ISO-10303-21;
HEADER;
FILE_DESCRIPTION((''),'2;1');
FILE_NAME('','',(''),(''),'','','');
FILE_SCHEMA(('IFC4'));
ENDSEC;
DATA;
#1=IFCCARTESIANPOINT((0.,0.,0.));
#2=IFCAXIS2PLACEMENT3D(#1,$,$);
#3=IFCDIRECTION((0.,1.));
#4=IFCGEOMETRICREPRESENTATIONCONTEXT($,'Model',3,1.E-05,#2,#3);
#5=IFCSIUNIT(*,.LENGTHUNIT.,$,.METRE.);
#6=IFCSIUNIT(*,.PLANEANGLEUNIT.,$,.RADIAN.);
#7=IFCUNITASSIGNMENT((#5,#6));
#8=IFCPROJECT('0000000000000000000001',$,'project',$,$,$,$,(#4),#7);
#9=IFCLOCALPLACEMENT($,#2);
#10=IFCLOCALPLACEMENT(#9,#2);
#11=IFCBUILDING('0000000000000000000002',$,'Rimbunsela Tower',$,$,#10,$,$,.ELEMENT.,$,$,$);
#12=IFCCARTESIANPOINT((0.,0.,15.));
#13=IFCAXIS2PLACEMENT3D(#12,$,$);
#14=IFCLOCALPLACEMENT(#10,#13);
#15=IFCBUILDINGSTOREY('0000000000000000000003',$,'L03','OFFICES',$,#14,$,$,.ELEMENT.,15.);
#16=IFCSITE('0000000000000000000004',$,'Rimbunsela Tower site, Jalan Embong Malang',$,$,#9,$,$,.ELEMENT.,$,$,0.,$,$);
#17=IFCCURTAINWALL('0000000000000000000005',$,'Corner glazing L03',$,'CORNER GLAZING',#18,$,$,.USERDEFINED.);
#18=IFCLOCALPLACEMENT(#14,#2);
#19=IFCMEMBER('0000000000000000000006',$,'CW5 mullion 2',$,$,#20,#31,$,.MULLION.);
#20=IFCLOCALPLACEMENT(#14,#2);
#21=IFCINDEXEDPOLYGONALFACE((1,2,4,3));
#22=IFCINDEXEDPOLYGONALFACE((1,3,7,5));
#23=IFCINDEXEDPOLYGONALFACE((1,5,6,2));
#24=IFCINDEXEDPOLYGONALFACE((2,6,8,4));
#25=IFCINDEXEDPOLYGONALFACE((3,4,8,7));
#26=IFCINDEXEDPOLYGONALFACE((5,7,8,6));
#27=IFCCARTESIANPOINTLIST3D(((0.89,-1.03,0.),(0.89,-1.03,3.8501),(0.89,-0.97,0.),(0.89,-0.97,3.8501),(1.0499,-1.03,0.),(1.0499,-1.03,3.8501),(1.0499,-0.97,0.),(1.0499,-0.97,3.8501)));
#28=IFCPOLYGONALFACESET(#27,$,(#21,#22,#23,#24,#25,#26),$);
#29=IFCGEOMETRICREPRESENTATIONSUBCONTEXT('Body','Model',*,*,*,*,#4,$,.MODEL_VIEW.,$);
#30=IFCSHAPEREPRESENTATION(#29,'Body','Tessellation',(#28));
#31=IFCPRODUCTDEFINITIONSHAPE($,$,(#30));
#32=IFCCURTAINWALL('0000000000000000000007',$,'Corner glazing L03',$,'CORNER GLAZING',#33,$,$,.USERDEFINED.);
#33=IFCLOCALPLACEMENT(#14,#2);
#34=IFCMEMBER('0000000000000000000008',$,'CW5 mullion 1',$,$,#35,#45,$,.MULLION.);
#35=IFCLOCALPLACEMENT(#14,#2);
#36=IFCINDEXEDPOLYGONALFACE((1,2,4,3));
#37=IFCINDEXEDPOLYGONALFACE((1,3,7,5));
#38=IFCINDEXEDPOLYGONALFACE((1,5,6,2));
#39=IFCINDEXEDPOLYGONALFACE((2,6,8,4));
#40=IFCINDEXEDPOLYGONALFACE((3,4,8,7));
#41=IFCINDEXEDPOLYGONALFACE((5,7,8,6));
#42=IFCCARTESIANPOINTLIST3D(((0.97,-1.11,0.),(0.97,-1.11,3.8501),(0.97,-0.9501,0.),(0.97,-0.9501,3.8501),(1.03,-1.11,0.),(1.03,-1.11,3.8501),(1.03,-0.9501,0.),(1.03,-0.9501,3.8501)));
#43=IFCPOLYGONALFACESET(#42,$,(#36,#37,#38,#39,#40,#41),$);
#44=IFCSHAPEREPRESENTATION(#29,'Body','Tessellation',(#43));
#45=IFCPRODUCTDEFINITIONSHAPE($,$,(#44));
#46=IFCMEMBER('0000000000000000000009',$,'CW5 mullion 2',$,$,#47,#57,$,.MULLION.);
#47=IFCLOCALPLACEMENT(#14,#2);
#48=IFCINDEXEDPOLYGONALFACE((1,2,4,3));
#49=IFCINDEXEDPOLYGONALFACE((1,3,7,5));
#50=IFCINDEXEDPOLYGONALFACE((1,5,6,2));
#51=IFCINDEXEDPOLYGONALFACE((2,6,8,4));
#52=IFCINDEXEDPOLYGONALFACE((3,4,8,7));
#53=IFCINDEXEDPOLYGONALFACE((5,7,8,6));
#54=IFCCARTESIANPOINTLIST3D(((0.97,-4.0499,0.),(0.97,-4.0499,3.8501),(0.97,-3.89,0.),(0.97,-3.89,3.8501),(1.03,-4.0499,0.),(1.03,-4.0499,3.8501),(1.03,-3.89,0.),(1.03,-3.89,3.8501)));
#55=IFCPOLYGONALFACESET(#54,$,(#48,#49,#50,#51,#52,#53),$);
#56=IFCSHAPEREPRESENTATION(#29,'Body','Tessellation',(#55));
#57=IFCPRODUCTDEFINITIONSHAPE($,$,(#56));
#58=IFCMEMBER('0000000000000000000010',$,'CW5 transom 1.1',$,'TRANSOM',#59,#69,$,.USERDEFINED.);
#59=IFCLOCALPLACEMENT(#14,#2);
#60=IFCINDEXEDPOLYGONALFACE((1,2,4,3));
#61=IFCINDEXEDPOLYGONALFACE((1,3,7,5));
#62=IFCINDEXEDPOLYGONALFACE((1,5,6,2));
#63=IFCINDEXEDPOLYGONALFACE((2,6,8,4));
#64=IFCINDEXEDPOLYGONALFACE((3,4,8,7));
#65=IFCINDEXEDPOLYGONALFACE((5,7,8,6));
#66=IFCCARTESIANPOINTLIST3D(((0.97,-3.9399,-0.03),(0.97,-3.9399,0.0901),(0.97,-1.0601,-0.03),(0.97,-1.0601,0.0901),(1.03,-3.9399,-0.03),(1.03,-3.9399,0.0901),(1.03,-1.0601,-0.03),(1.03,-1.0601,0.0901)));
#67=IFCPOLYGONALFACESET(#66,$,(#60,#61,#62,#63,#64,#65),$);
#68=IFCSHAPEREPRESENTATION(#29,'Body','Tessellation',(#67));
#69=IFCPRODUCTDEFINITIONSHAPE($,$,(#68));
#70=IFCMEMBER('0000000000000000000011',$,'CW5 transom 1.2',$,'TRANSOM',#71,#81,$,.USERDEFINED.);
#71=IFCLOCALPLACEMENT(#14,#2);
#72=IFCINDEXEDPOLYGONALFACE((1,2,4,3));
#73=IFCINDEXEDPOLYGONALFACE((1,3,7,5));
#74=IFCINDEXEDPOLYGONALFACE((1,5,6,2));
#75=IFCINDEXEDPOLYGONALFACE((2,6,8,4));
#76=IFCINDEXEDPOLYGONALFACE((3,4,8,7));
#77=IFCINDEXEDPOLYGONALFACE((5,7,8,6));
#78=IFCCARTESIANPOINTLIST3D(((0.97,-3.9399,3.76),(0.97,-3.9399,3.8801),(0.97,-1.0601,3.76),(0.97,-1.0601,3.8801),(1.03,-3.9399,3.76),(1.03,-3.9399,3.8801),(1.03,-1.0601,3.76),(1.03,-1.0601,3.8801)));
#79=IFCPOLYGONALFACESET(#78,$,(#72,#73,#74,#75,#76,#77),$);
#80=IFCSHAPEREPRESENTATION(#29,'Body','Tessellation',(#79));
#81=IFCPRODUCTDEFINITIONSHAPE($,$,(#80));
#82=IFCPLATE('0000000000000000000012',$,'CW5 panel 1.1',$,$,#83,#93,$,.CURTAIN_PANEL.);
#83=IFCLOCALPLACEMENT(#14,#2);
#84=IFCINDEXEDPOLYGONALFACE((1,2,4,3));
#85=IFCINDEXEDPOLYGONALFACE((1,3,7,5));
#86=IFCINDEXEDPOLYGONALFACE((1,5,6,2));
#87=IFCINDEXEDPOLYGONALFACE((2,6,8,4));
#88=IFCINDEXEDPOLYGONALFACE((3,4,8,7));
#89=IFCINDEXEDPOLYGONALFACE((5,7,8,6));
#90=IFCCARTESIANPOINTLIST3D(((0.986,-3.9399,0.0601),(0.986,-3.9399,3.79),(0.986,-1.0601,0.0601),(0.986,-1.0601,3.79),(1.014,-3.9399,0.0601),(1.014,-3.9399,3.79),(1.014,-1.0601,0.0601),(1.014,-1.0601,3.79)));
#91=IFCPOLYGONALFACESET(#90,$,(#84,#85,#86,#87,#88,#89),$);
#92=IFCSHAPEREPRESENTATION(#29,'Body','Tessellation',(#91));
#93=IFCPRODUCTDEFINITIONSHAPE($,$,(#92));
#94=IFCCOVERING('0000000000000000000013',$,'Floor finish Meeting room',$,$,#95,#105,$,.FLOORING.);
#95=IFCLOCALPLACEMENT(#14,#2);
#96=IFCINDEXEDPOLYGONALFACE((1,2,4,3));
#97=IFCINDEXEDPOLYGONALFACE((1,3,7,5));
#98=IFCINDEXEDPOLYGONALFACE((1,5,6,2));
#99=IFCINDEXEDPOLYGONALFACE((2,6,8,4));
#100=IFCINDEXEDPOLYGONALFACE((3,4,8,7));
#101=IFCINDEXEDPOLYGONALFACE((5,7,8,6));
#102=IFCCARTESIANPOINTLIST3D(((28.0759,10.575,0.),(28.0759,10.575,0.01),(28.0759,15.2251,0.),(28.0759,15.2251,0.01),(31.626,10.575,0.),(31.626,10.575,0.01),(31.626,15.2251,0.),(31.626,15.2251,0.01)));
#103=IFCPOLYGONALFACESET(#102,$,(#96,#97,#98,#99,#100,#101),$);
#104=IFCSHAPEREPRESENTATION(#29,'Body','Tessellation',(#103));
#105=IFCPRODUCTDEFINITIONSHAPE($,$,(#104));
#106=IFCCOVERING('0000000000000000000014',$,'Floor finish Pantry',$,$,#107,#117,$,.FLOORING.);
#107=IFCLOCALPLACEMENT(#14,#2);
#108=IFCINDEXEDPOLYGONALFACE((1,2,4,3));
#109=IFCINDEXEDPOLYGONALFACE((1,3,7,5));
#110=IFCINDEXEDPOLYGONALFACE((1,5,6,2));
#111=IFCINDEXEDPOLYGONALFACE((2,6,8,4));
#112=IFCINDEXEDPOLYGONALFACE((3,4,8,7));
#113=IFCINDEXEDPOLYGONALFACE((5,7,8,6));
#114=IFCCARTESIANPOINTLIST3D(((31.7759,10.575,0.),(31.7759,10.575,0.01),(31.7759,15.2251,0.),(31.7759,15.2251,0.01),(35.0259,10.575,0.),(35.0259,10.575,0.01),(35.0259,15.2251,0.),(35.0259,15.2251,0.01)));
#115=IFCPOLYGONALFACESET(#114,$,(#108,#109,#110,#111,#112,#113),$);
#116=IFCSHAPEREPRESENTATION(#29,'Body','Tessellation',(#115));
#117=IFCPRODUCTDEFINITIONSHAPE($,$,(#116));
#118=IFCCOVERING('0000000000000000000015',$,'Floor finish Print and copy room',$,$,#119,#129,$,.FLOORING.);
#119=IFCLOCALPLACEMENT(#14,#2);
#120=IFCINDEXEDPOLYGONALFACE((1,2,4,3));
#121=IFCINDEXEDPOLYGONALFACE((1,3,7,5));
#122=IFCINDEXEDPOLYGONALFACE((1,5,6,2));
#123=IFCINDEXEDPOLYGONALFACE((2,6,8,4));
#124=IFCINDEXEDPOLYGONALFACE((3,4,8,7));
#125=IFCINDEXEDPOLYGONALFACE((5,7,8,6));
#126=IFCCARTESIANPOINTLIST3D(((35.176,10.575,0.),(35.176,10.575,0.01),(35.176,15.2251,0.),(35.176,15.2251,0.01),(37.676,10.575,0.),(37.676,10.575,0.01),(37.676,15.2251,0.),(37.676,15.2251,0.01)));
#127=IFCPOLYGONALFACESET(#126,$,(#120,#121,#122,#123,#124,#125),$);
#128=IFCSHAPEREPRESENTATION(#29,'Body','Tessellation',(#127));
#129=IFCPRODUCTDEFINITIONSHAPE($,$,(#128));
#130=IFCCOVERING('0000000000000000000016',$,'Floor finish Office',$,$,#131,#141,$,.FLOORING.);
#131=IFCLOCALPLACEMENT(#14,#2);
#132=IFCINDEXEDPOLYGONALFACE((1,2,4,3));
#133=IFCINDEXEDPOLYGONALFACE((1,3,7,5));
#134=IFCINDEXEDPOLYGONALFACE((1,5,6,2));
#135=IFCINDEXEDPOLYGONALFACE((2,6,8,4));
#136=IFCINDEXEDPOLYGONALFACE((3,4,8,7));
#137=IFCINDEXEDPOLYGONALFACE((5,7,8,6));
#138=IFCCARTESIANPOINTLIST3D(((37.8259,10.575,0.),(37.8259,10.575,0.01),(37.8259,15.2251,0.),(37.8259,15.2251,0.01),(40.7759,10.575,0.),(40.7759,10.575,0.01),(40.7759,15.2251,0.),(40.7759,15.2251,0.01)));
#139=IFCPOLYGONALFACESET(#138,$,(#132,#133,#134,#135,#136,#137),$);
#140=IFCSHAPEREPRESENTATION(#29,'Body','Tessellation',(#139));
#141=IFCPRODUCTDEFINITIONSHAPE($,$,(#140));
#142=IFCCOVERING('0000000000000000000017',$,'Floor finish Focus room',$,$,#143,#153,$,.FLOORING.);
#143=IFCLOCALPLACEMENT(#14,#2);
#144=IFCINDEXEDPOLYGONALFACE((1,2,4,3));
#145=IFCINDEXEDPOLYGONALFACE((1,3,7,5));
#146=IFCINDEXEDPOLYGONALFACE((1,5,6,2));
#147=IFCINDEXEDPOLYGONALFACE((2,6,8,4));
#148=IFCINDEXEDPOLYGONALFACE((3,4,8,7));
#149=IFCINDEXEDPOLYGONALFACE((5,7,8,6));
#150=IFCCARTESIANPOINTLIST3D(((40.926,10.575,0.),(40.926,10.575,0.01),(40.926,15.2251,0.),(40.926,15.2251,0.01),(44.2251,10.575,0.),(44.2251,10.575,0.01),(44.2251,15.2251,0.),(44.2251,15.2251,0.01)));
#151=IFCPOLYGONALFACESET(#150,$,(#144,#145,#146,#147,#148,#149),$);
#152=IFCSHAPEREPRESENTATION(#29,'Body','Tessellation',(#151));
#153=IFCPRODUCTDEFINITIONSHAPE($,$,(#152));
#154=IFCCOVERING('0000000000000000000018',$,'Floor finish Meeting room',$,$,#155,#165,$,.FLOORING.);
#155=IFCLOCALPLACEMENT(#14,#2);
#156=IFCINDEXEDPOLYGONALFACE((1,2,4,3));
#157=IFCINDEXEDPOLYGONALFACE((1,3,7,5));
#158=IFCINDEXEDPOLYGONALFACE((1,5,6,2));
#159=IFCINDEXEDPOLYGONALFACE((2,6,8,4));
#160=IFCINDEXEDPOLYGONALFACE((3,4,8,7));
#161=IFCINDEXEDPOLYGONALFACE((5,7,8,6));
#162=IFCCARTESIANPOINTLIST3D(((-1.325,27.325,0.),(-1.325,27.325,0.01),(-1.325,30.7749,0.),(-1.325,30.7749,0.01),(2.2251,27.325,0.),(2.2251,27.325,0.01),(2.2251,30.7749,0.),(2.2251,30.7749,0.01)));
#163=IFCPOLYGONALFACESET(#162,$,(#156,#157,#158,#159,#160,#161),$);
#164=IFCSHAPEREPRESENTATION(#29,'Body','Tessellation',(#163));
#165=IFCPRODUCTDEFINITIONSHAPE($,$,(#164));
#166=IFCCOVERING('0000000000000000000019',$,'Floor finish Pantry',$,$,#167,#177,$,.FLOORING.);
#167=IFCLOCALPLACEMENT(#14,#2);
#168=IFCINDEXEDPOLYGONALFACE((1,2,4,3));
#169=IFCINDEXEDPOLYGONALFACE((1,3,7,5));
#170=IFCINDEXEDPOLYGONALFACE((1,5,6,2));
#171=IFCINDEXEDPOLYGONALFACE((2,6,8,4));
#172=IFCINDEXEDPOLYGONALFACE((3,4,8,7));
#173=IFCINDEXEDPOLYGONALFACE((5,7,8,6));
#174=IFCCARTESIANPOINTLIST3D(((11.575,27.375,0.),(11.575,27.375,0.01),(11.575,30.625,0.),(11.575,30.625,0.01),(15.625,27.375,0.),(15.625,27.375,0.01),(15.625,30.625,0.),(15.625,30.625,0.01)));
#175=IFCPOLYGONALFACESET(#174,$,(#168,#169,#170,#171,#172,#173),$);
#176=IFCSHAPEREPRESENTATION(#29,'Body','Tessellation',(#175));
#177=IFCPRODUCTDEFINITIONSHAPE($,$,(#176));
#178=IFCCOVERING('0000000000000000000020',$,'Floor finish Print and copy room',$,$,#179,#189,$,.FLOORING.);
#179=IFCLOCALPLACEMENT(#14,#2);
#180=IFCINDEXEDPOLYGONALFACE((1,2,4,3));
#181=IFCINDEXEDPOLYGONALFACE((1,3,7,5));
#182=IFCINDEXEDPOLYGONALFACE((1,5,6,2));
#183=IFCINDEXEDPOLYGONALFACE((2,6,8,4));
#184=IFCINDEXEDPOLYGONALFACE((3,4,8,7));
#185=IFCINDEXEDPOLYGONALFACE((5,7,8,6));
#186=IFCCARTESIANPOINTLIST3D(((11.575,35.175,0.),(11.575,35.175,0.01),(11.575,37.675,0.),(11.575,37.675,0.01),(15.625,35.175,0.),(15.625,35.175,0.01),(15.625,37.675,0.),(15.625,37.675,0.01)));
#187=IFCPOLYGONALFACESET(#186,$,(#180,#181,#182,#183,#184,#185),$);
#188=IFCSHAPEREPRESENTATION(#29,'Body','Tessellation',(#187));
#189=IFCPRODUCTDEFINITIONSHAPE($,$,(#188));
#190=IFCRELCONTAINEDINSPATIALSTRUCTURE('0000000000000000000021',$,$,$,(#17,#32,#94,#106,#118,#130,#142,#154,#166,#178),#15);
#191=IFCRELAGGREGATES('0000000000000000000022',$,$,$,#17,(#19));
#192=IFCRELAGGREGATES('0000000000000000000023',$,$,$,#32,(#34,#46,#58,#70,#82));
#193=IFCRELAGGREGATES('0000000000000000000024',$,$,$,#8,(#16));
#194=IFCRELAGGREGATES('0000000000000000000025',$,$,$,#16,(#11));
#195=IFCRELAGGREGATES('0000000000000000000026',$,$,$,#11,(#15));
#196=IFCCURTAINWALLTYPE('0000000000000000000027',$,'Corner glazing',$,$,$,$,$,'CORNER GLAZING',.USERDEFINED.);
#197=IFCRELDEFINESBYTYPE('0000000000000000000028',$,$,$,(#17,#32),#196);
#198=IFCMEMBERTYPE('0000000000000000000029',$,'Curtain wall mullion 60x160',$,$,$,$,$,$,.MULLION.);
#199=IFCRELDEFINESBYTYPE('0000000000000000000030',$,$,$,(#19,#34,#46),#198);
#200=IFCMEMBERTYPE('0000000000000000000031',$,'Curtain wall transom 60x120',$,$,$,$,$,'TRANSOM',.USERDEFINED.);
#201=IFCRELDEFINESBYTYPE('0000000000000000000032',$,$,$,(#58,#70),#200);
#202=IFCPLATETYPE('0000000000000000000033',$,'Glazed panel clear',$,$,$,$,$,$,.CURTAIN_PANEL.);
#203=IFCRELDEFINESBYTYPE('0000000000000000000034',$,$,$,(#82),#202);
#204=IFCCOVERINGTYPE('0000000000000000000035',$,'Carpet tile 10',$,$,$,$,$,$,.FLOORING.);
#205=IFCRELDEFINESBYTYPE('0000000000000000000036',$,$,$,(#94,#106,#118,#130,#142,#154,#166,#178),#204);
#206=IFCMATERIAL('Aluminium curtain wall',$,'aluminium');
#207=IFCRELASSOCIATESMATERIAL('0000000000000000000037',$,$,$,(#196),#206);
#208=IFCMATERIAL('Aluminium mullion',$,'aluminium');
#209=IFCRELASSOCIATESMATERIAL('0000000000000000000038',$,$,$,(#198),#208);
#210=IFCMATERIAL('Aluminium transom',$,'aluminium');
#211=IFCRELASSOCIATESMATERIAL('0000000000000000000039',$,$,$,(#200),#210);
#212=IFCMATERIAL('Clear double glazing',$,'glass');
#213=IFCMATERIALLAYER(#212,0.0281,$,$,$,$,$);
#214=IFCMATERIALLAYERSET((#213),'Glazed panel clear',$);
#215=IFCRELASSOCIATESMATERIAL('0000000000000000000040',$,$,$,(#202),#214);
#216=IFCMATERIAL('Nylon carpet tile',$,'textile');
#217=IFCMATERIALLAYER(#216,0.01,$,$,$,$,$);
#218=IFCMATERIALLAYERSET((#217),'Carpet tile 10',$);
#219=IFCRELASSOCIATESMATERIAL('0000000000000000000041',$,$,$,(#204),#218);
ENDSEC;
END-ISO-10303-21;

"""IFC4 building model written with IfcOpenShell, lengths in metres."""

from ifc_helpers import new_model, si_unit, direction, frame, origin, origin_2d, place, context, subcontext, project, spatial, polyline, rectangle, outline, extrude, material, layer, layer_set, material_profile, profile_set, type_object, element, aggregate, save


model = new_model("IFC4")

# Units and contexts
model_context = context("Model", 3, precision=1e-05, world=origin(), true_north=direction((0.0, 1.0)))
body_context = subcontext(model_context, "Body", "Model", "MODEL_VIEW")
ifc_project = project(units=[si_unit("LENGTHUNIT", "METRE"), si_unit("PLANEANGLEUNIT", "RADIAN")], contexts=[model_context])

# Site, building, storey
site_placement = place(None, origin())
site = spatial("IfcSite", under=ifc_project, at=site_placement, Name="Rimbunsela Tower site, Jalan Embong Malang", CompositionType="ELEMENT", RefElevation=0.0)
building_placement = place(site_placement, origin())
building = spatial("IfcBuilding", under=site, at=building_placement, Name="Rimbunsela Tower", CompositionType="ELEMENT")
storey_placement = place(building_placement, frame((0.0, 0.0, 15.0)))
storey = spatial("IfcBuildingStorey", under=building, at=storey_placement, Name="L03", Description="OFFICES", CompositionType="ELEMENT", Elevation=15.0)

# Curtain wall, member
ifc_material_1 = material(Name="Aluminium curtain wall", Category="aluminium")
curtain_wall_type = type_object("IfcCurtainWallType", Name="Corner glazing", ElementType="CORNER GLAZING", PredefinedType="USERDEFINED", material=ifc_material_1)
curtain_wall_1_placement = place(storey_placement, origin())
curtain_wall_1 = element("IfcCurtainWall", 1, at=curtain_wall_1_placement, inside=storey, type_object=curtain_wall_type, Name="Corner glazing L03", ObjectType="CORNER GLAZING", PredefinedType="USERDEFINED")
ifc_material_2 = material(Name="Aluminium mullion", Category="aluminium")
ifc_material_profile_1 = material_profile(ifc_material_2, rectangle(XDim=0.0601, YDim=0.1599, at=origin_2d()), Name="Mullion 60x160")
ifc_profile_set_1 = profile_set([ifc_material_profile_1], Name="Aluminium mullion")
member_type_1 = type_object("IfcMemberType", Name="Curtain wall mullion 60x160", PredefinedType="MULLION", material=ifc_profile_set_1)
member_1_placement = place(storey_placement, frame((0.97, -1.0, 0.0), z_axis=(0.0, 0.0, 1.0), x_axis=(0.0, 1.0, 0.0)))
member_1 = element("IfcMember", 2, at=member_1_placement, type_object=member_type_1, Name="CW5 mullion 2", PredefinedType="MULLION", context=body_context, shape_type="SweptSolid", body=[
    extrude(rectangle(XDim=0.0601, YDim=0.1599, at=origin_2d()), origin(), (0.0, 0.0, 1.0), 3.8501),
])
aggregate(curtain_wall_1, [member_1])

# Curtain wall, members, plate
curtain_wall_2_placement = place(storey_placement, origin())
curtain_wall_2 = element("IfcCurtainWall", 3, at=curtain_wall_2_placement, inside=storey, type_object=curtain_wall_type, Name="Corner glazing L03", ObjectType="CORNER GLAZING", PredefinedType="USERDEFINED")
member_2_placement = place(storey_placement, frame((1.0, -1.03, 0.0), z_axis=(0.0, 0.0, 1.0), x_axis=(1.0, 0.0, 0.0)))
member_2 = element("IfcMember", 4, at=member_2_placement, type_object=member_type_1, Name="CW5 mullion 1", PredefinedType="MULLION", context=body_context, shape_type="SweptSolid", body=[
    extrude(rectangle(XDim=0.0601, YDim=0.1599, at=origin_2d()), origin(), (0.0, 0.0, 1.0), 3.8501),
])
member_3_placement = place(storey_placement, frame((1.0, -3.97, 0.0), z_axis=(0.0, 0.0, 1.0), x_axis=(1.0, 0.0, 0.0)))
member_3 = element("IfcMember", 5, at=member_3_placement, type_object=member_type_1, Name="CW5 mullion 2", PredefinedType="MULLION", context=body_context, shape_type="SweptSolid", body=[
    extrude(rectangle(XDim=0.0601, YDim=0.1599, at=origin_2d()), origin(), (0.0, 0.0, 1.0), 3.8501),
])
ifc_material_3 = material(Name="Aluminium transom", Category="aluminium")
ifc_material_profile_2 = material_profile(ifc_material_3, rectangle(XDim=0.0601, YDim=0.1201, at=origin_2d()), Name="Transom 60x120")
ifc_profile_set_2 = profile_set([ifc_material_profile_2], Name="Aluminium transom")
member_type_2 = type_object("IfcMemberType", Name="Curtain wall transom 60x120", ElementType="TRANSOM", PredefinedType="USERDEFINED", material=ifc_profile_set_2)
member_4_placement = place(storey_placement, frame((1.0, -1.0601, 0.03), z_axis=(0.0, -1.0, 0.0), x_axis=(1.0, 0.0, 0.0)))
member_4 = element("IfcMember", 6, at=member_4_placement, type_object=member_type_2, Name="CW5 transom 1.1", ObjectType="TRANSOM", PredefinedType="USERDEFINED", context=body_context, shape_type="SweptSolid", body=[
    extrude(rectangle(XDim=0.0601, YDim=0.1201, at=origin_2d()), origin(), (0.0, 0.0, 1.0), 2.8799),
])
member_5_placement = place(storey_placement, frame((1.0, -1.0601, 3.8201), z_axis=(0.0, -1.0, 0.0), x_axis=(1.0, 0.0, 0.0)))
member_5 = element("IfcMember", 7, at=member_5_placement, type_object=member_type_2, Name="CW5 transom 1.2", ObjectType="TRANSOM", PredefinedType="USERDEFINED", context=body_context, shape_type="SweptSolid", body=[
    extrude(rectangle(XDim=0.0601, YDim=0.1201, at=origin_2d()), origin(), (0.0, 0.0, 1.0), 2.8799),
])
ifc_material_4 = material(Name="Clear double glazing", Category="glass")
ifc_layer_1 = layer(ifc_material_4, 0.0281)
ifc_layer_set_1 = layer_set([ifc_layer_1], Name="Glazed panel clear")
plate_type = type_object("IfcPlateType", Name="Glazed panel clear", PredefinedType="CURTAIN_PANEL", material=ifc_layer_set_1)
plate_placement = place(storey_placement, frame((1.0, -2.5, 0.0601), z_axis=(0.0, 0.0, 1.0), x_axis=(0.0, -1.0, 0.0)))
plate = element("IfcPlate", 8, at=plate_placement, type_object=plate_type, Name="CW5 panel 1.1", PredefinedType="CURTAIN_PANEL", context=body_context, shape_type="SweptSolid", body=[
    extrude(rectangle(XDim=2.8799, YDim=0.0281, at=origin_2d()), origin(), (0.0, 0.0, 1.0), 3.73),
])
aggregate(curtain_wall_2, [member_2, member_3, member_4, member_5, plate])

# Coverings
ifc_material_5 = material(Name="Nylon carpet tile", Category="textile")
ifc_layer_2 = layer(ifc_material_5, 0.01)
ifc_layer_set_2 = layer_set([ifc_layer_2], Name="Carpet tile 10")
covering_type_1 = type_object("IfcCoveringType", Name="Carpet tile 10", PredefinedType="FLOORING", material=ifc_layer_set_2)
covering_1_placement = place(storey_placement, origin())
element("IfcCovering", 9, at=covering_1_placement, inside=storey, type_object=covering_type_1, Name="Floor finish Meeting room", PredefinedType="FLOORING", context=body_context, shape_type="SweptSolid", body=[
    extrude(outline(polyline([(31.626, 10.575), (31.626, 15.2251), (28.0759, 15.2251), (28.0759, 10.575), (31.626, 10.575)])), origin(), (0.0, 0.0, 1.0), 0.01),
])
covering_2_placement = place(storey_placement, origin())
element("IfcCovering", 10, at=covering_2_placement, inside=storey, type_object=covering_type_1, Name="Floor finish Pantry", PredefinedType="FLOORING", context=body_context, shape_type="SweptSolid", body=[
    extrude(outline(polyline([(35.0259, 10.575), (35.0259, 15.2251), (31.7759, 15.2251), (31.7759, 10.575), (35.0259, 10.575)])), origin(), (0.0, 0.0, 1.0), 0.01),
])
covering_3_placement = place(storey_placement, origin())
element("IfcCovering", 11, at=covering_3_placement, inside=storey, type_object=covering_type_1, Name="Floor finish Print and copy room", PredefinedType="FLOORING", context=body_context, shape_type="SweptSolid", body=[
    extrude(outline(polyline([(37.676, 10.575), (37.676, 15.2251), (35.176, 15.2251), (35.176, 10.575), (37.676, 10.575)])), origin(), (0.0, 0.0, 1.0), 0.01),
])
covering_4_placement = place(storey_placement, origin())
element("IfcCovering", 12, at=covering_4_placement, inside=storey, type_object=covering_type_1, Name="Floor finish Office", PredefinedType="FLOORING", context=body_context, shape_type="SweptSolid", body=[
    extrude(outline(polyline([(40.7759, 10.575), (40.7759, 15.2251), (37.8259, 15.2251), (37.8259, 10.575), (40.7759, 10.575)])), origin(), (0.0, 0.0, 1.0), 0.01),
])
covering_5_placement = place(storey_placement, origin())
element("IfcCovering", 13, at=covering_5_placement, inside=storey, type_object=covering_type_1, Name="Floor finish Focus room", PredefinedType="FLOORING", context=body_context, shape_type="SweptSolid", body=[
    extrude(outline(polyline([(44.2251, 10.575), (44.2251, 15.2251), (40.926, 15.2251), (40.926, 10.575), (44.2251, 10.575)])), origin(), (0.0, 0.0, 1.0), 0.01),
])
covering_6_placement = place(storey_placement, origin())
element("IfcCovering", 14, at=covering_6_placement, inside=storey, type_object=covering_type_1, Name="Floor finish Meeting room", PredefinedType="FLOORING", context=body_context, shape_type="SweptSolid", body=[
    extrude(outline(polyline([(2.2251, 27.325), (2.2251, 30.7749), (-1.325, 30.7749), (-1.325, 27.325), (2.2251, 27.325)])), origin(), (0.0, 0.0, 1.0), 0.01),
])
covering_7_placement = place(storey_placement, origin())
element("IfcCovering", 15, at=covering_7_placement, inside=storey, type_object=covering_type_1, Name="Floor finish Pantry", PredefinedType="FLOORING", context=body_context, shape_type="SweptSolid", body=[
    extrude(outline(polyline([(15.625, 27.375), (15.625, 30.625), (11.575, 30.625), (11.575, 27.375), (15.625, 27.375)])), origin(), (0.0, 0.0, 1.0), 0.01),
])
covering_8_placement = place(storey_placement, origin())
element("IfcCovering", 16, at=covering_8_placement, inside=storey, type_object=covering_type_1, Name="Floor finish Print and copy room", PredefinedType="FLOORING", context=body_context, shape_type="SweptSolid", body=[
    extrude(outline(polyline([(15.625, 35.175), (15.625, 37.675), (11.575, 37.675), (11.575, 35.175), (15.625, 35.175)])), origin(), (0.0, 0.0, 1.0), 0.01),
])

save(model, "model.ifc")
